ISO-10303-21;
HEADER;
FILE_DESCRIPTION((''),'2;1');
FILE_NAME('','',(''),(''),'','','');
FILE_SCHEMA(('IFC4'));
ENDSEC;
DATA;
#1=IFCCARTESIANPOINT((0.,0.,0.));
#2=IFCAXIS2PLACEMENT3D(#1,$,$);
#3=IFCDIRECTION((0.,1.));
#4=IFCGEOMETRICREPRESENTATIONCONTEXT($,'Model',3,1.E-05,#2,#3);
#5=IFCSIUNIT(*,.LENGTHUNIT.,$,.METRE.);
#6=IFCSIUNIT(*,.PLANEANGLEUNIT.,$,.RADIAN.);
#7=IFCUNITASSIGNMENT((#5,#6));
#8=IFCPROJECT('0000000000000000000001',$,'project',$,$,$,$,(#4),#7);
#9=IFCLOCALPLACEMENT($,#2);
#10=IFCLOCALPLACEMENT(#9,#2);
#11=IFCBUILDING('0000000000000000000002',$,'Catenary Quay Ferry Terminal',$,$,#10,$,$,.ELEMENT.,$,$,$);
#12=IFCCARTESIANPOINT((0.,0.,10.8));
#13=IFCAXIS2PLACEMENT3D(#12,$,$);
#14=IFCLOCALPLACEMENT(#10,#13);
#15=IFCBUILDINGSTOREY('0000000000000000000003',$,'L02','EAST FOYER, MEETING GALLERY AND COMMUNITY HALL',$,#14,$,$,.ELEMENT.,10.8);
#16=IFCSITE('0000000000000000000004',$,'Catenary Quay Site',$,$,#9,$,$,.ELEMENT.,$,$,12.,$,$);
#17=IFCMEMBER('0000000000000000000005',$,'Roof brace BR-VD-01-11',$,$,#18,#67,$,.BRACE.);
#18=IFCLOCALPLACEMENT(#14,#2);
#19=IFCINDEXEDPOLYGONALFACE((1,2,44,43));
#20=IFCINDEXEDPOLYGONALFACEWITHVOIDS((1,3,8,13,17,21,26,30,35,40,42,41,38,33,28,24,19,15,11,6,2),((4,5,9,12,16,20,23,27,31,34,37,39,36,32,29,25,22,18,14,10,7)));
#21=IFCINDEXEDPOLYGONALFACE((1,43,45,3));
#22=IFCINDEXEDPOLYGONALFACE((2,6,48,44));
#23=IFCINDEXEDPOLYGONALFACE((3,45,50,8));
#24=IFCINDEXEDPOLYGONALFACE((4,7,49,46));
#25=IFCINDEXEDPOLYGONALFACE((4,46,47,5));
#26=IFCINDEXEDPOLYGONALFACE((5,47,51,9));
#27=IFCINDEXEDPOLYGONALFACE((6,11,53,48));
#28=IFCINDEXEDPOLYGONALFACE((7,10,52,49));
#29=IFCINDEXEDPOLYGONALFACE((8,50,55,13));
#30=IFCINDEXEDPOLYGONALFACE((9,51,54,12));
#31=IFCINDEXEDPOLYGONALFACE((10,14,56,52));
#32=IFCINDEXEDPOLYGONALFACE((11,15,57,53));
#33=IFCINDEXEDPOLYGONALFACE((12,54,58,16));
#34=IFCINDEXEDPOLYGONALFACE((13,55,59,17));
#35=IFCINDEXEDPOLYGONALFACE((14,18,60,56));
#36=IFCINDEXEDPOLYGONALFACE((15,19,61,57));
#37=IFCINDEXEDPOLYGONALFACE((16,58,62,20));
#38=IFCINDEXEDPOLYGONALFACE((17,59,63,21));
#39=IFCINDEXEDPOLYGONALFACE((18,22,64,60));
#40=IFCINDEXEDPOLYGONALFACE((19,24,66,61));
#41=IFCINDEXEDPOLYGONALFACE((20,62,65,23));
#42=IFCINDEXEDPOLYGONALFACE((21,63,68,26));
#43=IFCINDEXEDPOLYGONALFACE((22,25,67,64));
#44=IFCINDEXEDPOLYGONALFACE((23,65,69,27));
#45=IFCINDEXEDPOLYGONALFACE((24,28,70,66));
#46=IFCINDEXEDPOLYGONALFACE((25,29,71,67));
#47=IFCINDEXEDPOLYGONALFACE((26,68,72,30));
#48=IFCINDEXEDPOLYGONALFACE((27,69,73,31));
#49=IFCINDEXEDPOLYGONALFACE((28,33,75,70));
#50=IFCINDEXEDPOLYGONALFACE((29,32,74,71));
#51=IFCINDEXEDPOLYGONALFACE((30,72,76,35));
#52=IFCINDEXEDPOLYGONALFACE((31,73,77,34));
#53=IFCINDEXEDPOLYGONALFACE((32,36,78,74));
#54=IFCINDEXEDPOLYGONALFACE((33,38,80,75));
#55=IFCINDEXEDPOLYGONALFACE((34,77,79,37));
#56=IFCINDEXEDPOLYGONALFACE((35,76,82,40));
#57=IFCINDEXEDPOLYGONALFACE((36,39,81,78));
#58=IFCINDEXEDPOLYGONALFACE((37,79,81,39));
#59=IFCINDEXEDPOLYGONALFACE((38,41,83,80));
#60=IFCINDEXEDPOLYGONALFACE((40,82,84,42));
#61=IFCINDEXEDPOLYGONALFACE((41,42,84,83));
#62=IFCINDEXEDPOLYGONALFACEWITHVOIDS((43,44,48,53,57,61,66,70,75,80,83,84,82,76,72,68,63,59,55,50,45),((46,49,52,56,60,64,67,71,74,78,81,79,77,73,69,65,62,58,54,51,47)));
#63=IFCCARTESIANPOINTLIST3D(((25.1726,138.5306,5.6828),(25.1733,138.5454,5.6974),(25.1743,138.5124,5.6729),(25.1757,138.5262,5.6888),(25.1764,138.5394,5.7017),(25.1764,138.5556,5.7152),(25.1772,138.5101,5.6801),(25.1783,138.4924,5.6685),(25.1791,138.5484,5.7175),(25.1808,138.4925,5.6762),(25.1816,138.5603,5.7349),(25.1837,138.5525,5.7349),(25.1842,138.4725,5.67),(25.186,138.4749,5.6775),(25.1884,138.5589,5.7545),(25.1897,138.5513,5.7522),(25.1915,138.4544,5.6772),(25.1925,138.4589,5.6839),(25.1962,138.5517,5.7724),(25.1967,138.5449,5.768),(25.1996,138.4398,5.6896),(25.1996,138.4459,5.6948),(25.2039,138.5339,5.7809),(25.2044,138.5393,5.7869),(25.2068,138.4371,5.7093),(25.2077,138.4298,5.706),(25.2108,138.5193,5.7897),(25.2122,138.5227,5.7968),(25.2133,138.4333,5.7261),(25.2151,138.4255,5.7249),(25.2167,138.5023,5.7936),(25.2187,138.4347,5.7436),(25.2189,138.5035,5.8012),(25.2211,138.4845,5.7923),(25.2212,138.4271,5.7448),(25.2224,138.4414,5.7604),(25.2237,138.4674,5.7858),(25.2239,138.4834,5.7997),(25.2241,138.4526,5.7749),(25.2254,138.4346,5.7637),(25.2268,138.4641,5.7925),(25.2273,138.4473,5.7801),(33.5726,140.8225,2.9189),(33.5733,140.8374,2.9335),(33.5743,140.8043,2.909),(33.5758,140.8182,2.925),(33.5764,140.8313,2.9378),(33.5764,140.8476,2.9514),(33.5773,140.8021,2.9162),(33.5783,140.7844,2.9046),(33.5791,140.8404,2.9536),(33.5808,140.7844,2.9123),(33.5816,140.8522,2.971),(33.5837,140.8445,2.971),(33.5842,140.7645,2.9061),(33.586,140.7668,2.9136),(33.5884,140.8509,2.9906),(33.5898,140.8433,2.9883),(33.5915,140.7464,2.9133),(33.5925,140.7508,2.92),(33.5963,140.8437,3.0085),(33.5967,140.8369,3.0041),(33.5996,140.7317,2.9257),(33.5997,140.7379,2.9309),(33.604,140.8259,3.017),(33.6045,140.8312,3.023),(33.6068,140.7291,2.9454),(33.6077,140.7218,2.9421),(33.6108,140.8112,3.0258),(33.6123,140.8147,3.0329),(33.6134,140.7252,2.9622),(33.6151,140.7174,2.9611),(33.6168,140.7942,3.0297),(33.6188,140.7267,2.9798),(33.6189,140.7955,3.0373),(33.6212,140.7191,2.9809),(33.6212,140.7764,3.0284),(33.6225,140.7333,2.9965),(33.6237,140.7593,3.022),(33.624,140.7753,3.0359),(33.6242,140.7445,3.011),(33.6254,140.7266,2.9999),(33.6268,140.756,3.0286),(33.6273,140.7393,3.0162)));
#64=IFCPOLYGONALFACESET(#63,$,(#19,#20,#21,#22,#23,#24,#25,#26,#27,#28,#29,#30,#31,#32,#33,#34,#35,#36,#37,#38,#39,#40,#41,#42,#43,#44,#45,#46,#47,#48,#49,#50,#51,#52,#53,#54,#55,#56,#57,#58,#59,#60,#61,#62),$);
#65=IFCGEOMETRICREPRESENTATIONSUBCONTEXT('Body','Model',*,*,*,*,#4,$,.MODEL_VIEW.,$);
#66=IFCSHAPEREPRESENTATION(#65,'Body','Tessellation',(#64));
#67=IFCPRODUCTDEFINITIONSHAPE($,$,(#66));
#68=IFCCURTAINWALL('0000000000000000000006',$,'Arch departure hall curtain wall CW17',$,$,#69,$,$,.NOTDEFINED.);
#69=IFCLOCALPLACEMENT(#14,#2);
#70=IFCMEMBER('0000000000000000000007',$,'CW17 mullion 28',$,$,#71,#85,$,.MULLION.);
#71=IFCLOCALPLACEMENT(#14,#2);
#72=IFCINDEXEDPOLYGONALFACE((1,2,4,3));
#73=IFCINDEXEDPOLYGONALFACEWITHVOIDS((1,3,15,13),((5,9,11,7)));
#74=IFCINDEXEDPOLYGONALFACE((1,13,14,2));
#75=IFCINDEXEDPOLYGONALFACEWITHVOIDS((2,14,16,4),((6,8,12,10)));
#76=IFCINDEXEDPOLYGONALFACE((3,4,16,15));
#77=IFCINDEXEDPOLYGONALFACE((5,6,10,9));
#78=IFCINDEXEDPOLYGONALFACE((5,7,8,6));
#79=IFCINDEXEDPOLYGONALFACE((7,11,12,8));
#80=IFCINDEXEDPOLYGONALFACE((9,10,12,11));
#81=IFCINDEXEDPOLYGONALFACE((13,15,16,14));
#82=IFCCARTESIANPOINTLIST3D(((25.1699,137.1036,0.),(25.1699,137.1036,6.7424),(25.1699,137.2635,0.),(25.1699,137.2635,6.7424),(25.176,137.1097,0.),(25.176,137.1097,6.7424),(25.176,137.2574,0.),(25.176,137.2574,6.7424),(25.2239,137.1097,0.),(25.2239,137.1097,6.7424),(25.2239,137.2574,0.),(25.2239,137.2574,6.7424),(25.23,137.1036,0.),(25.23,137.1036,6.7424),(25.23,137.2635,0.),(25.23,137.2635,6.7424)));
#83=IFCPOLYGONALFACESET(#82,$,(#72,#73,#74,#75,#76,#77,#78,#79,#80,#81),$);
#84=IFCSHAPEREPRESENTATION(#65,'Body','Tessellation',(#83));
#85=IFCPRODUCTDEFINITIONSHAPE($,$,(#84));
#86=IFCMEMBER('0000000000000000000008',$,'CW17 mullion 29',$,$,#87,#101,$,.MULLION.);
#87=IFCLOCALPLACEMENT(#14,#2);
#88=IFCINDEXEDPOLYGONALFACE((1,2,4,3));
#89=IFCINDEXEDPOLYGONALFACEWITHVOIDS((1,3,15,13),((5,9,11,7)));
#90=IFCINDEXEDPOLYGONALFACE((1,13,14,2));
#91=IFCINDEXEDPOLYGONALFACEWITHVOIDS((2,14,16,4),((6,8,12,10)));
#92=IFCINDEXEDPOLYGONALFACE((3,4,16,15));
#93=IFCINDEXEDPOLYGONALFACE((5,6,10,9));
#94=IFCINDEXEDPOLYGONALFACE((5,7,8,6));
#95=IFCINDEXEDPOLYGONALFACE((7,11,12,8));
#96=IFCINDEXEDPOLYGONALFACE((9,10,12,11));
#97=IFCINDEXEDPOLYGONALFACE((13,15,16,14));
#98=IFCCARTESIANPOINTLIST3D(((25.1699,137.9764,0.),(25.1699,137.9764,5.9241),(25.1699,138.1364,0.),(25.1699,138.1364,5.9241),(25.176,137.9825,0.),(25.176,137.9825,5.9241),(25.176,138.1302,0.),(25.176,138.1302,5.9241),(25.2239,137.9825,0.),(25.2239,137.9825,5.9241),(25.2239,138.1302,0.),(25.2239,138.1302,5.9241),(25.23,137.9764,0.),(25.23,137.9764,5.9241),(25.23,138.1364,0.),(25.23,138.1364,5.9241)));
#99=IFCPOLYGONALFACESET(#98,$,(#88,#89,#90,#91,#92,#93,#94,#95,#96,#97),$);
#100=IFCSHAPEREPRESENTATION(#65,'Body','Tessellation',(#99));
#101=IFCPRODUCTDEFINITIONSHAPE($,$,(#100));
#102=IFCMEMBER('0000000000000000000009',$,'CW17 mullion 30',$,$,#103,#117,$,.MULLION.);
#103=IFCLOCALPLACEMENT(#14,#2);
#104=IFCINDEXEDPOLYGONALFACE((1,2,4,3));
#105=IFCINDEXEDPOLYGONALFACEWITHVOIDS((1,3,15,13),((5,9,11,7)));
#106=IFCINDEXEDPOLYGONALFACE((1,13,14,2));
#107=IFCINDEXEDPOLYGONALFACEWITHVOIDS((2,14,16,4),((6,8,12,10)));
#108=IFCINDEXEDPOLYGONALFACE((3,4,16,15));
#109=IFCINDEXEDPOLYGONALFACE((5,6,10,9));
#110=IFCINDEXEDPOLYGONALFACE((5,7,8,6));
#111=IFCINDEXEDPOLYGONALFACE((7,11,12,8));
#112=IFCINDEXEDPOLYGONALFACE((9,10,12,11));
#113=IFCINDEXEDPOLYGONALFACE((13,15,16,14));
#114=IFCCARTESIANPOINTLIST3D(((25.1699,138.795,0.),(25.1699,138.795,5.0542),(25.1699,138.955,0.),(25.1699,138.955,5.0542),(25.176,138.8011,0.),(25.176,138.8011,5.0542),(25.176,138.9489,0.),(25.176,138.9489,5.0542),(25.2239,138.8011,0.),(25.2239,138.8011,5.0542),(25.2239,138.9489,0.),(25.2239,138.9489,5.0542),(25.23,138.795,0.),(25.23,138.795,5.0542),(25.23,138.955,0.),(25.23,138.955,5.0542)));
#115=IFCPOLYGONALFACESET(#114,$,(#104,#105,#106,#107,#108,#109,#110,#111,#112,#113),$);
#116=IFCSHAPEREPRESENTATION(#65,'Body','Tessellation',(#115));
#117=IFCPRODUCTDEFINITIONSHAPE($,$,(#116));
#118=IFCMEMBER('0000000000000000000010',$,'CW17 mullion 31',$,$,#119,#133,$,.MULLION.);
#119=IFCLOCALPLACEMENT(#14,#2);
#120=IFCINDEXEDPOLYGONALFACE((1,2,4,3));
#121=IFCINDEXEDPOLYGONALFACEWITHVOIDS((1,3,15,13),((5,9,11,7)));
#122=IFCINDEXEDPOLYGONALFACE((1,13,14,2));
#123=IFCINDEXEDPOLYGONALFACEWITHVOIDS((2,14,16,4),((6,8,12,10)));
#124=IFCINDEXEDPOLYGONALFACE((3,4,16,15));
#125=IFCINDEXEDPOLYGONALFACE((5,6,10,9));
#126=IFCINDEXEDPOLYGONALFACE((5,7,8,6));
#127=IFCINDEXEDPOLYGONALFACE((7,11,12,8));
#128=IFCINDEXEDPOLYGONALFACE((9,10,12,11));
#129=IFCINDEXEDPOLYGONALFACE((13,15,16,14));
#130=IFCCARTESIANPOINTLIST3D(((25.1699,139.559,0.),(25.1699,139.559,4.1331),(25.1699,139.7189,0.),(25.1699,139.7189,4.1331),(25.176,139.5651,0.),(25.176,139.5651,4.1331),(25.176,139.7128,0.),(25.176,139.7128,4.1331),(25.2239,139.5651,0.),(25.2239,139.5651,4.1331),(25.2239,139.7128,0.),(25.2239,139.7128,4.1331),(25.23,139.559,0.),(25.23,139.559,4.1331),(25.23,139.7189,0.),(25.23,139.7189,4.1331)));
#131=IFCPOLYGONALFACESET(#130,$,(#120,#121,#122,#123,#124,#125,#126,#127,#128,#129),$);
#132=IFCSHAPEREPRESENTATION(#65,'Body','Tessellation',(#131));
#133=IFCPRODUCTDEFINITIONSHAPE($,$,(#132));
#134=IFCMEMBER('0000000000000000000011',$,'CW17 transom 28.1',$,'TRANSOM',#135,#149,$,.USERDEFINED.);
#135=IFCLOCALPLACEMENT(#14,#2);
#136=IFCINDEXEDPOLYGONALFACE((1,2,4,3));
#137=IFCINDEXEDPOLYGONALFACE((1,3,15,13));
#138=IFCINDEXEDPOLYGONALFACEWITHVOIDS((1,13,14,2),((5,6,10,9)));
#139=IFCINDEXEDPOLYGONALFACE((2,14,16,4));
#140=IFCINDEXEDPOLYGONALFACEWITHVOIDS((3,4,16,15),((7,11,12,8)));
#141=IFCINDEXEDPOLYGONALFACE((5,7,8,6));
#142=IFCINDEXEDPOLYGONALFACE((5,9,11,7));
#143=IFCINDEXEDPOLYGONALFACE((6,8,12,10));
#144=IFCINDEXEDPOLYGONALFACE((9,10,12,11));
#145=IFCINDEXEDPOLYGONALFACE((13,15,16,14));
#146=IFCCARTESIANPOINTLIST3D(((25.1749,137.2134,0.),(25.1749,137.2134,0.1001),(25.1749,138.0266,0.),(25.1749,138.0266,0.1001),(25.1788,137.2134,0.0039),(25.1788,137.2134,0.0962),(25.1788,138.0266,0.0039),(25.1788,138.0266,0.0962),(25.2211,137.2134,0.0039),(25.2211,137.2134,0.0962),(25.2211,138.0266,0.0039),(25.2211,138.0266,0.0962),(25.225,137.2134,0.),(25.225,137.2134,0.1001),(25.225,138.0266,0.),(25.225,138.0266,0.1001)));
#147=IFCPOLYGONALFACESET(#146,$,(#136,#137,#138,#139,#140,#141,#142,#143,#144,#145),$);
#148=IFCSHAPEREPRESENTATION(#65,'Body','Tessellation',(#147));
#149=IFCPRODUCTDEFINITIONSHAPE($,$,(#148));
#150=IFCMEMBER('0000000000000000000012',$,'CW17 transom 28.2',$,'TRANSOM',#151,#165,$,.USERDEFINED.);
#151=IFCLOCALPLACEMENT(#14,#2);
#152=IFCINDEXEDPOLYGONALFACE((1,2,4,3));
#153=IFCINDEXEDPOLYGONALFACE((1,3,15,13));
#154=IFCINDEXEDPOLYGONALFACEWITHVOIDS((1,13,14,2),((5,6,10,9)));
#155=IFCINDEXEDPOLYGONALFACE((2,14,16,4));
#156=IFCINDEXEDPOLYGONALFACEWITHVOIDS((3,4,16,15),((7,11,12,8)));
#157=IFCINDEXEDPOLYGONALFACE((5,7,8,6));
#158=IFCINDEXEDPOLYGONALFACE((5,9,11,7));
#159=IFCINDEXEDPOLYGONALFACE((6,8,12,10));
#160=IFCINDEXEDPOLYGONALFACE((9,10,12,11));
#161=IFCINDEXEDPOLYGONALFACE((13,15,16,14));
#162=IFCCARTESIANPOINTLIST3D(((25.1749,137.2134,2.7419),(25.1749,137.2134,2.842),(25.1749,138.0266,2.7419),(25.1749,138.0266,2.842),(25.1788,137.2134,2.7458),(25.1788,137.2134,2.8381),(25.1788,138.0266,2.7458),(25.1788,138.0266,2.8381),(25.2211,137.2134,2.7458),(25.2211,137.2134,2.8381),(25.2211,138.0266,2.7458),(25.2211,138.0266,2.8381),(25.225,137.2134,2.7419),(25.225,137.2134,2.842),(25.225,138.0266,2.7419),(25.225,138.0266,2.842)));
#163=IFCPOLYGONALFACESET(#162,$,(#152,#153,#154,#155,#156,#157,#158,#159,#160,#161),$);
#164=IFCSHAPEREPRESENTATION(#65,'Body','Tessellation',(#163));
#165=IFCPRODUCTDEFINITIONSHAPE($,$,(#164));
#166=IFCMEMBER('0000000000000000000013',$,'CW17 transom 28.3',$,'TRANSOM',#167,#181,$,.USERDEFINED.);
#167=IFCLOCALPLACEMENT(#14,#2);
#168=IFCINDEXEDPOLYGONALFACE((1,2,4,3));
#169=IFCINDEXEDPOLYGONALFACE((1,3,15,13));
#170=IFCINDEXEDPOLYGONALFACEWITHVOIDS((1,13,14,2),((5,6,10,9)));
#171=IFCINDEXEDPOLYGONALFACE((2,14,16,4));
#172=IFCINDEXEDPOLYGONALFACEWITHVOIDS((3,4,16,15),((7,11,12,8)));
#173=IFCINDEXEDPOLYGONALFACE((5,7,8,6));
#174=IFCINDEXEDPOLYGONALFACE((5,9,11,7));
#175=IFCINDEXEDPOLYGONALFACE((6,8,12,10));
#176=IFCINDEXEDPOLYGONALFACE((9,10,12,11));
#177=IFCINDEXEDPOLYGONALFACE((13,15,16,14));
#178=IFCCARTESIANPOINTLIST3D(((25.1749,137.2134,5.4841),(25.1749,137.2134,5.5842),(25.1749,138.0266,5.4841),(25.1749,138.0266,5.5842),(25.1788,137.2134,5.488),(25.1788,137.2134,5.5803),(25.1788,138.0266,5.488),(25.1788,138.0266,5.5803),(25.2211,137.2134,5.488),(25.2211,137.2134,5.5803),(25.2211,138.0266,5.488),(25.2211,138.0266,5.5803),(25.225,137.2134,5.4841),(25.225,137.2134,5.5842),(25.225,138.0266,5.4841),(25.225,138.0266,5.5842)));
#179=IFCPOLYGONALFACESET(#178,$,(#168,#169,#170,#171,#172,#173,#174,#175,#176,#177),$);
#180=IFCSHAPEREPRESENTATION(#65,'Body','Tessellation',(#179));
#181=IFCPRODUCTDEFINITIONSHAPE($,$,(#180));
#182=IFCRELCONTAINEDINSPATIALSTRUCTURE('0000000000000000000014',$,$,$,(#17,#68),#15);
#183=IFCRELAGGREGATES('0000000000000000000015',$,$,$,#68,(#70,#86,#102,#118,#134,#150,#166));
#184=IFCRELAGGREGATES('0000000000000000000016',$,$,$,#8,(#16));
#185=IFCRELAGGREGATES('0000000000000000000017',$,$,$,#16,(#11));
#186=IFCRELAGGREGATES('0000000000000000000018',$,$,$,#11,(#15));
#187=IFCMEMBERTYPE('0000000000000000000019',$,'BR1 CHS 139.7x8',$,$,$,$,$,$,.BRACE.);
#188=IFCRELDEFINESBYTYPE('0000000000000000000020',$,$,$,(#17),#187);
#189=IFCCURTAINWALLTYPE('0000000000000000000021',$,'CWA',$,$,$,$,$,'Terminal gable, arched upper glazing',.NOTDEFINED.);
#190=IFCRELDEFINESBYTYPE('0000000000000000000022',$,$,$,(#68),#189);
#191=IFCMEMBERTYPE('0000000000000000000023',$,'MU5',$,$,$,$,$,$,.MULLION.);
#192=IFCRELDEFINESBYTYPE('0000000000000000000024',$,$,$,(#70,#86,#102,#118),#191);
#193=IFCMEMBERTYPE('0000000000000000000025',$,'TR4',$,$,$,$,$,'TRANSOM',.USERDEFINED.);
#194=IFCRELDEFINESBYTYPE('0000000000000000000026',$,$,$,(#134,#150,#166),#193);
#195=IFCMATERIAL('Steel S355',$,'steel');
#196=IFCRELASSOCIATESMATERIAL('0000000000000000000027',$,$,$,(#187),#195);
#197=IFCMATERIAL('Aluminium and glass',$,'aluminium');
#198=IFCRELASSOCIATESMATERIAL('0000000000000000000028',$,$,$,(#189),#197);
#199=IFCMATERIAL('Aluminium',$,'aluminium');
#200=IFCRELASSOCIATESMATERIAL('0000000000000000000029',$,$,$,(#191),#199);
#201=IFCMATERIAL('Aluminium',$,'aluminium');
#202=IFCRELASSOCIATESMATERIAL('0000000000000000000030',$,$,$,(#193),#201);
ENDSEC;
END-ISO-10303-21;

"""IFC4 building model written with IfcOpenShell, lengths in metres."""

from ifc_helpers import new_model, si_unit, direction, frame, origin, origin_2d, place, context, subcontext, project, spatial, hollow_rectangle, hollow_circle, extrude, material, material_profile, profile_set, type_object, element, aggregate, save


model = new_model("IFC4")

# Units and contexts
model_context = context("Model", 3, precision=1e-05, world=origin(), true_north=direction((0.0, 1.0)))
body_context = subcontext(model_context, "Body", "Model", "MODEL_VIEW")
ifc_project = project(units=[si_unit("LENGTHUNIT", "METRE"), si_unit("PLANEANGLEUNIT", "RADIAN")], contexts=[model_context])

# Site, building, storey
site_placement = place(None, origin())
site = spatial("IfcSite", under=ifc_project, at=site_placement, Name="Catenary Quay Site", CompositionType="ELEMENT", RefElevation=12.0)
building_placement = place(site_placement, origin())
building = spatial("IfcBuilding", under=site, at=building_placement, Name="Catenary Quay Ferry Terminal", CompositionType="ELEMENT")
storey_placement = place(building_placement, frame((0.0, 0.0, 10.8)))
storey = spatial("IfcBuildingStorey", under=building, at=storey_placement, Name="L02", Description="EAST FOYER, MEETING GALLERY AND COMMUNITY HALL", CompositionType="ELEMENT", Elevation=10.8)

# Member
ifc_material_1 = material(Name="Steel S355", Category="steel")
ifc_material_profile_1 = material_profile(ifc_material_1, hollow_circle(Radius=0.0698, WallThickness=0.0081, at=origin_2d()), Name="CHS 139.7x8")
ifc_profile_set_1 = profile_set([ifc_material_profile_1], Name="Steel S355")
member_type_1 = type_object("IfcMemberType", Name="BR1 CHS 139.7x8", PredefinedType="BRACE", material=ifc_profile_set_1)
member_1_placement = place(storey_placement, frame((25.2, 138.4929, 5.7349), z_axis=(0.919519, 0.250892, -0.302551), x_axis=(-0.263229, 0.964733, 0.0)))
element("IfcMember", 1, at=member_1_placement, inside=storey, type_object=member_type_1, Name="Roof brace BR-VD-01-11", PredefinedType="BRACE", context=body_context, shape_type="SweptSolid", body=[
    extrude(hollow_circle(Radius=0.0698, WallThickness=0.0081, at=origin_2d()), origin(), (0.0, 0.0, 1.0), 9.1353),
])

# Curtain wall, members
ifc_material_2 = material(Name="Aluminium and glass", Category="aluminium")
curtain_wall_type = type_object("IfcCurtainWallType", Name="CWA", ElementType="Terminal gable, arched upper glazing", PredefinedType="NOTDEFINED", material=ifc_material_2)
curtain_wall_placement = place(storey_placement, origin())
curtain_wall = element("IfcCurtainWall", 2, at=curtain_wall_placement, inside=storey, type_object=curtain_wall_type, Name="Arch departure hall curtain wall CW17", PredefinedType="NOTDEFINED")
ifc_material_3 = material(Name="Aluminium", Category="aluminium")
ifc_material_profile_2 = material_profile(ifc_material_3, hollow_rectangle(XDim=0.0601, YDim=0.1599, WallThickness=0.0061, at=origin_2d()), Name="MU5")
ifc_profile_set_2 = profile_set([ifc_material_profile_2], Name="Aluminium")
member_type_2 = type_object("IfcMemberType", Name="MU5", PredefinedType="MULLION", material=ifc_profile_set_2)
member_2_placement = place(storey_placement, frame((25.2, 137.1836, 0.0), z_axis=(0.0, 0.0, 1.0), x_axis=(-1.0, 0.0, 0.0)))
member_2 = element("IfcMember", 3, at=member_2_placement, type_object=member_type_2, Name="CW17 mullion 28", PredefinedType="MULLION", context=body_context, shape_type="SweptSolid", body=[
    extrude(hollow_rectangle(XDim=0.0601, YDim=0.1599, WallThickness=0.0061, at=origin_2d()), origin(), (0.0, 0.0, 1.0), 6.7424),
])
member_3_placement = place(storey_placement, frame((25.2, 138.0564, 0.0), z_axis=(0.0, 0.0, 1.0), x_axis=(-1.0, 0.0, 0.0)))
member_3 = element("IfcMember", 4, at=member_3_placement, type_object=member_type_2, Name="CW17 mullion 29", PredefinedType="MULLION", context=body_context, shape_type="SweptSolid", body=[
    extrude(hollow_rectangle(XDim=0.0601, YDim=0.1599, WallThickness=0.0061, at=origin_2d()), origin(), (0.0, 0.0, 1.0), 5.9241),
])
member_4_placement = place(storey_placement, frame((25.2, 138.875, 0.0), z_axis=(0.0, 0.0, 1.0), x_axis=(-1.0, 0.0, 0.0)))
member_4 = element("IfcMember", 5, at=member_4_placement, type_object=member_type_2, Name="CW17 mullion 30", PredefinedType="MULLION", context=body_context, shape_type="SweptSolid", body=[
    extrude(hollow_rectangle(XDim=0.0601, YDim=0.1599, WallThickness=0.0061, at=origin_2d()), origin(), (0.0, 0.0, 1.0), 5.0542),
])
member_5_placement = place(storey_placement, frame((25.2, 139.6389, 0.0), z_axis=(0.0, 0.0, 1.0), x_axis=(-1.0, 0.0, 0.0)))
member_5 = element("IfcMember", 6, at=member_5_placement, type_object=member_type_2, Name="CW17 mullion 31", PredefinedType="MULLION", context=body_context, shape_type="SweptSolid", body=[
    extrude(hollow_rectangle(XDim=0.0601, YDim=0.1599, WallThickness=0.0061, at=origin_2d()), origin(), (0.0, 0.0, 1.0), 4.1331),
])
ifc_material_4 = material(Name="Aluminium", Category="aluminium")
ifc_material_profile_3 = material_profile(ifc_material_4, hollow_rectangle(XDim=0.05, YDim=0.1001, WallThickness=0.0039, at=origin_2d()), Name="TR4")
ifc_profile_set_3 = profile_set([ifc_material_profile_3], Name="Aluminium")
member_type_3 = type_object("IfcMemberType", Name="TR4", ElementType="TRANSOM", PredefinedType="USERDEFINED", material=ifc_profile_set_3)
member_6_placement = place(storey_placement, frame((25.2, 137.2134, 0.05), z_axis=(0.0, 1.0, 0.0), x_axis=(-1.0, 0.0, 0.0)))
member_6 = element("IfcMember", 7, at=member_6_placement, type_object=member_type_3, Name="CW17 transom 28.1", ObjectType="TRANSOM", PredefinedType="USERDEFINED", context=body_context, shape_type="SweptSolid", body=[
    extrude(hollow_rectangle(XDim=0.05, YDim=0.1001, WallThickness=0.0039, at=origin_2d()), origin(), (0.0, 0.0, 1.0), 0.8132),
])
member_7_placement = place(storey_placement, frame((25.2, 137.2134, 2.792), z_axis=(0.0, 1.0, 0.0), x_axis=(-1.0, 0.0, 0.0)))
member_7 = element("IfcMember", 8, at=member_7_placement, type_object=member_type_3, Name="CW17 transom 28.2", ObjectType="TRANSOM", PredefinedType="USERDEFINED", context=body_context, shape_type="SweptSolid", body=[
    extrude(hollow_rectangle(XDim=0.05, YDim=0.1001, WallThickness=0.0039, at=origin_2d()), origin(), (0.0, 0.0, 1.0), 0.8132),
])
member_8_placement = place(storey_placement, frame((25.2, 137.2134, 5.5342), z_axis=(0.0, 1.0, 0.0), x_axis=(-1.0, 0.0, 0.0)))
member_8 = element("IfcMember", 9, at=member_8_placement, type_object=member_type_3, Name="CW17 transom 28.3", ObjectType="TRANSOM", PredefinedType="USERDEFINED", context=body_context, shape_type="SweptSolid", body=[
    extrude(hollow_rectangle(XDim=0.05, YDim=0.1001, WallThickness=0.0039, at=origin_2d()), origin(), (0.0, 0.0, 1.0), 0.8132),
])

aggregate(curtain_wall, [member_2, member_3, member_4, member_5, member_6, member_7, member_8])

save(model, "model.ifc")
